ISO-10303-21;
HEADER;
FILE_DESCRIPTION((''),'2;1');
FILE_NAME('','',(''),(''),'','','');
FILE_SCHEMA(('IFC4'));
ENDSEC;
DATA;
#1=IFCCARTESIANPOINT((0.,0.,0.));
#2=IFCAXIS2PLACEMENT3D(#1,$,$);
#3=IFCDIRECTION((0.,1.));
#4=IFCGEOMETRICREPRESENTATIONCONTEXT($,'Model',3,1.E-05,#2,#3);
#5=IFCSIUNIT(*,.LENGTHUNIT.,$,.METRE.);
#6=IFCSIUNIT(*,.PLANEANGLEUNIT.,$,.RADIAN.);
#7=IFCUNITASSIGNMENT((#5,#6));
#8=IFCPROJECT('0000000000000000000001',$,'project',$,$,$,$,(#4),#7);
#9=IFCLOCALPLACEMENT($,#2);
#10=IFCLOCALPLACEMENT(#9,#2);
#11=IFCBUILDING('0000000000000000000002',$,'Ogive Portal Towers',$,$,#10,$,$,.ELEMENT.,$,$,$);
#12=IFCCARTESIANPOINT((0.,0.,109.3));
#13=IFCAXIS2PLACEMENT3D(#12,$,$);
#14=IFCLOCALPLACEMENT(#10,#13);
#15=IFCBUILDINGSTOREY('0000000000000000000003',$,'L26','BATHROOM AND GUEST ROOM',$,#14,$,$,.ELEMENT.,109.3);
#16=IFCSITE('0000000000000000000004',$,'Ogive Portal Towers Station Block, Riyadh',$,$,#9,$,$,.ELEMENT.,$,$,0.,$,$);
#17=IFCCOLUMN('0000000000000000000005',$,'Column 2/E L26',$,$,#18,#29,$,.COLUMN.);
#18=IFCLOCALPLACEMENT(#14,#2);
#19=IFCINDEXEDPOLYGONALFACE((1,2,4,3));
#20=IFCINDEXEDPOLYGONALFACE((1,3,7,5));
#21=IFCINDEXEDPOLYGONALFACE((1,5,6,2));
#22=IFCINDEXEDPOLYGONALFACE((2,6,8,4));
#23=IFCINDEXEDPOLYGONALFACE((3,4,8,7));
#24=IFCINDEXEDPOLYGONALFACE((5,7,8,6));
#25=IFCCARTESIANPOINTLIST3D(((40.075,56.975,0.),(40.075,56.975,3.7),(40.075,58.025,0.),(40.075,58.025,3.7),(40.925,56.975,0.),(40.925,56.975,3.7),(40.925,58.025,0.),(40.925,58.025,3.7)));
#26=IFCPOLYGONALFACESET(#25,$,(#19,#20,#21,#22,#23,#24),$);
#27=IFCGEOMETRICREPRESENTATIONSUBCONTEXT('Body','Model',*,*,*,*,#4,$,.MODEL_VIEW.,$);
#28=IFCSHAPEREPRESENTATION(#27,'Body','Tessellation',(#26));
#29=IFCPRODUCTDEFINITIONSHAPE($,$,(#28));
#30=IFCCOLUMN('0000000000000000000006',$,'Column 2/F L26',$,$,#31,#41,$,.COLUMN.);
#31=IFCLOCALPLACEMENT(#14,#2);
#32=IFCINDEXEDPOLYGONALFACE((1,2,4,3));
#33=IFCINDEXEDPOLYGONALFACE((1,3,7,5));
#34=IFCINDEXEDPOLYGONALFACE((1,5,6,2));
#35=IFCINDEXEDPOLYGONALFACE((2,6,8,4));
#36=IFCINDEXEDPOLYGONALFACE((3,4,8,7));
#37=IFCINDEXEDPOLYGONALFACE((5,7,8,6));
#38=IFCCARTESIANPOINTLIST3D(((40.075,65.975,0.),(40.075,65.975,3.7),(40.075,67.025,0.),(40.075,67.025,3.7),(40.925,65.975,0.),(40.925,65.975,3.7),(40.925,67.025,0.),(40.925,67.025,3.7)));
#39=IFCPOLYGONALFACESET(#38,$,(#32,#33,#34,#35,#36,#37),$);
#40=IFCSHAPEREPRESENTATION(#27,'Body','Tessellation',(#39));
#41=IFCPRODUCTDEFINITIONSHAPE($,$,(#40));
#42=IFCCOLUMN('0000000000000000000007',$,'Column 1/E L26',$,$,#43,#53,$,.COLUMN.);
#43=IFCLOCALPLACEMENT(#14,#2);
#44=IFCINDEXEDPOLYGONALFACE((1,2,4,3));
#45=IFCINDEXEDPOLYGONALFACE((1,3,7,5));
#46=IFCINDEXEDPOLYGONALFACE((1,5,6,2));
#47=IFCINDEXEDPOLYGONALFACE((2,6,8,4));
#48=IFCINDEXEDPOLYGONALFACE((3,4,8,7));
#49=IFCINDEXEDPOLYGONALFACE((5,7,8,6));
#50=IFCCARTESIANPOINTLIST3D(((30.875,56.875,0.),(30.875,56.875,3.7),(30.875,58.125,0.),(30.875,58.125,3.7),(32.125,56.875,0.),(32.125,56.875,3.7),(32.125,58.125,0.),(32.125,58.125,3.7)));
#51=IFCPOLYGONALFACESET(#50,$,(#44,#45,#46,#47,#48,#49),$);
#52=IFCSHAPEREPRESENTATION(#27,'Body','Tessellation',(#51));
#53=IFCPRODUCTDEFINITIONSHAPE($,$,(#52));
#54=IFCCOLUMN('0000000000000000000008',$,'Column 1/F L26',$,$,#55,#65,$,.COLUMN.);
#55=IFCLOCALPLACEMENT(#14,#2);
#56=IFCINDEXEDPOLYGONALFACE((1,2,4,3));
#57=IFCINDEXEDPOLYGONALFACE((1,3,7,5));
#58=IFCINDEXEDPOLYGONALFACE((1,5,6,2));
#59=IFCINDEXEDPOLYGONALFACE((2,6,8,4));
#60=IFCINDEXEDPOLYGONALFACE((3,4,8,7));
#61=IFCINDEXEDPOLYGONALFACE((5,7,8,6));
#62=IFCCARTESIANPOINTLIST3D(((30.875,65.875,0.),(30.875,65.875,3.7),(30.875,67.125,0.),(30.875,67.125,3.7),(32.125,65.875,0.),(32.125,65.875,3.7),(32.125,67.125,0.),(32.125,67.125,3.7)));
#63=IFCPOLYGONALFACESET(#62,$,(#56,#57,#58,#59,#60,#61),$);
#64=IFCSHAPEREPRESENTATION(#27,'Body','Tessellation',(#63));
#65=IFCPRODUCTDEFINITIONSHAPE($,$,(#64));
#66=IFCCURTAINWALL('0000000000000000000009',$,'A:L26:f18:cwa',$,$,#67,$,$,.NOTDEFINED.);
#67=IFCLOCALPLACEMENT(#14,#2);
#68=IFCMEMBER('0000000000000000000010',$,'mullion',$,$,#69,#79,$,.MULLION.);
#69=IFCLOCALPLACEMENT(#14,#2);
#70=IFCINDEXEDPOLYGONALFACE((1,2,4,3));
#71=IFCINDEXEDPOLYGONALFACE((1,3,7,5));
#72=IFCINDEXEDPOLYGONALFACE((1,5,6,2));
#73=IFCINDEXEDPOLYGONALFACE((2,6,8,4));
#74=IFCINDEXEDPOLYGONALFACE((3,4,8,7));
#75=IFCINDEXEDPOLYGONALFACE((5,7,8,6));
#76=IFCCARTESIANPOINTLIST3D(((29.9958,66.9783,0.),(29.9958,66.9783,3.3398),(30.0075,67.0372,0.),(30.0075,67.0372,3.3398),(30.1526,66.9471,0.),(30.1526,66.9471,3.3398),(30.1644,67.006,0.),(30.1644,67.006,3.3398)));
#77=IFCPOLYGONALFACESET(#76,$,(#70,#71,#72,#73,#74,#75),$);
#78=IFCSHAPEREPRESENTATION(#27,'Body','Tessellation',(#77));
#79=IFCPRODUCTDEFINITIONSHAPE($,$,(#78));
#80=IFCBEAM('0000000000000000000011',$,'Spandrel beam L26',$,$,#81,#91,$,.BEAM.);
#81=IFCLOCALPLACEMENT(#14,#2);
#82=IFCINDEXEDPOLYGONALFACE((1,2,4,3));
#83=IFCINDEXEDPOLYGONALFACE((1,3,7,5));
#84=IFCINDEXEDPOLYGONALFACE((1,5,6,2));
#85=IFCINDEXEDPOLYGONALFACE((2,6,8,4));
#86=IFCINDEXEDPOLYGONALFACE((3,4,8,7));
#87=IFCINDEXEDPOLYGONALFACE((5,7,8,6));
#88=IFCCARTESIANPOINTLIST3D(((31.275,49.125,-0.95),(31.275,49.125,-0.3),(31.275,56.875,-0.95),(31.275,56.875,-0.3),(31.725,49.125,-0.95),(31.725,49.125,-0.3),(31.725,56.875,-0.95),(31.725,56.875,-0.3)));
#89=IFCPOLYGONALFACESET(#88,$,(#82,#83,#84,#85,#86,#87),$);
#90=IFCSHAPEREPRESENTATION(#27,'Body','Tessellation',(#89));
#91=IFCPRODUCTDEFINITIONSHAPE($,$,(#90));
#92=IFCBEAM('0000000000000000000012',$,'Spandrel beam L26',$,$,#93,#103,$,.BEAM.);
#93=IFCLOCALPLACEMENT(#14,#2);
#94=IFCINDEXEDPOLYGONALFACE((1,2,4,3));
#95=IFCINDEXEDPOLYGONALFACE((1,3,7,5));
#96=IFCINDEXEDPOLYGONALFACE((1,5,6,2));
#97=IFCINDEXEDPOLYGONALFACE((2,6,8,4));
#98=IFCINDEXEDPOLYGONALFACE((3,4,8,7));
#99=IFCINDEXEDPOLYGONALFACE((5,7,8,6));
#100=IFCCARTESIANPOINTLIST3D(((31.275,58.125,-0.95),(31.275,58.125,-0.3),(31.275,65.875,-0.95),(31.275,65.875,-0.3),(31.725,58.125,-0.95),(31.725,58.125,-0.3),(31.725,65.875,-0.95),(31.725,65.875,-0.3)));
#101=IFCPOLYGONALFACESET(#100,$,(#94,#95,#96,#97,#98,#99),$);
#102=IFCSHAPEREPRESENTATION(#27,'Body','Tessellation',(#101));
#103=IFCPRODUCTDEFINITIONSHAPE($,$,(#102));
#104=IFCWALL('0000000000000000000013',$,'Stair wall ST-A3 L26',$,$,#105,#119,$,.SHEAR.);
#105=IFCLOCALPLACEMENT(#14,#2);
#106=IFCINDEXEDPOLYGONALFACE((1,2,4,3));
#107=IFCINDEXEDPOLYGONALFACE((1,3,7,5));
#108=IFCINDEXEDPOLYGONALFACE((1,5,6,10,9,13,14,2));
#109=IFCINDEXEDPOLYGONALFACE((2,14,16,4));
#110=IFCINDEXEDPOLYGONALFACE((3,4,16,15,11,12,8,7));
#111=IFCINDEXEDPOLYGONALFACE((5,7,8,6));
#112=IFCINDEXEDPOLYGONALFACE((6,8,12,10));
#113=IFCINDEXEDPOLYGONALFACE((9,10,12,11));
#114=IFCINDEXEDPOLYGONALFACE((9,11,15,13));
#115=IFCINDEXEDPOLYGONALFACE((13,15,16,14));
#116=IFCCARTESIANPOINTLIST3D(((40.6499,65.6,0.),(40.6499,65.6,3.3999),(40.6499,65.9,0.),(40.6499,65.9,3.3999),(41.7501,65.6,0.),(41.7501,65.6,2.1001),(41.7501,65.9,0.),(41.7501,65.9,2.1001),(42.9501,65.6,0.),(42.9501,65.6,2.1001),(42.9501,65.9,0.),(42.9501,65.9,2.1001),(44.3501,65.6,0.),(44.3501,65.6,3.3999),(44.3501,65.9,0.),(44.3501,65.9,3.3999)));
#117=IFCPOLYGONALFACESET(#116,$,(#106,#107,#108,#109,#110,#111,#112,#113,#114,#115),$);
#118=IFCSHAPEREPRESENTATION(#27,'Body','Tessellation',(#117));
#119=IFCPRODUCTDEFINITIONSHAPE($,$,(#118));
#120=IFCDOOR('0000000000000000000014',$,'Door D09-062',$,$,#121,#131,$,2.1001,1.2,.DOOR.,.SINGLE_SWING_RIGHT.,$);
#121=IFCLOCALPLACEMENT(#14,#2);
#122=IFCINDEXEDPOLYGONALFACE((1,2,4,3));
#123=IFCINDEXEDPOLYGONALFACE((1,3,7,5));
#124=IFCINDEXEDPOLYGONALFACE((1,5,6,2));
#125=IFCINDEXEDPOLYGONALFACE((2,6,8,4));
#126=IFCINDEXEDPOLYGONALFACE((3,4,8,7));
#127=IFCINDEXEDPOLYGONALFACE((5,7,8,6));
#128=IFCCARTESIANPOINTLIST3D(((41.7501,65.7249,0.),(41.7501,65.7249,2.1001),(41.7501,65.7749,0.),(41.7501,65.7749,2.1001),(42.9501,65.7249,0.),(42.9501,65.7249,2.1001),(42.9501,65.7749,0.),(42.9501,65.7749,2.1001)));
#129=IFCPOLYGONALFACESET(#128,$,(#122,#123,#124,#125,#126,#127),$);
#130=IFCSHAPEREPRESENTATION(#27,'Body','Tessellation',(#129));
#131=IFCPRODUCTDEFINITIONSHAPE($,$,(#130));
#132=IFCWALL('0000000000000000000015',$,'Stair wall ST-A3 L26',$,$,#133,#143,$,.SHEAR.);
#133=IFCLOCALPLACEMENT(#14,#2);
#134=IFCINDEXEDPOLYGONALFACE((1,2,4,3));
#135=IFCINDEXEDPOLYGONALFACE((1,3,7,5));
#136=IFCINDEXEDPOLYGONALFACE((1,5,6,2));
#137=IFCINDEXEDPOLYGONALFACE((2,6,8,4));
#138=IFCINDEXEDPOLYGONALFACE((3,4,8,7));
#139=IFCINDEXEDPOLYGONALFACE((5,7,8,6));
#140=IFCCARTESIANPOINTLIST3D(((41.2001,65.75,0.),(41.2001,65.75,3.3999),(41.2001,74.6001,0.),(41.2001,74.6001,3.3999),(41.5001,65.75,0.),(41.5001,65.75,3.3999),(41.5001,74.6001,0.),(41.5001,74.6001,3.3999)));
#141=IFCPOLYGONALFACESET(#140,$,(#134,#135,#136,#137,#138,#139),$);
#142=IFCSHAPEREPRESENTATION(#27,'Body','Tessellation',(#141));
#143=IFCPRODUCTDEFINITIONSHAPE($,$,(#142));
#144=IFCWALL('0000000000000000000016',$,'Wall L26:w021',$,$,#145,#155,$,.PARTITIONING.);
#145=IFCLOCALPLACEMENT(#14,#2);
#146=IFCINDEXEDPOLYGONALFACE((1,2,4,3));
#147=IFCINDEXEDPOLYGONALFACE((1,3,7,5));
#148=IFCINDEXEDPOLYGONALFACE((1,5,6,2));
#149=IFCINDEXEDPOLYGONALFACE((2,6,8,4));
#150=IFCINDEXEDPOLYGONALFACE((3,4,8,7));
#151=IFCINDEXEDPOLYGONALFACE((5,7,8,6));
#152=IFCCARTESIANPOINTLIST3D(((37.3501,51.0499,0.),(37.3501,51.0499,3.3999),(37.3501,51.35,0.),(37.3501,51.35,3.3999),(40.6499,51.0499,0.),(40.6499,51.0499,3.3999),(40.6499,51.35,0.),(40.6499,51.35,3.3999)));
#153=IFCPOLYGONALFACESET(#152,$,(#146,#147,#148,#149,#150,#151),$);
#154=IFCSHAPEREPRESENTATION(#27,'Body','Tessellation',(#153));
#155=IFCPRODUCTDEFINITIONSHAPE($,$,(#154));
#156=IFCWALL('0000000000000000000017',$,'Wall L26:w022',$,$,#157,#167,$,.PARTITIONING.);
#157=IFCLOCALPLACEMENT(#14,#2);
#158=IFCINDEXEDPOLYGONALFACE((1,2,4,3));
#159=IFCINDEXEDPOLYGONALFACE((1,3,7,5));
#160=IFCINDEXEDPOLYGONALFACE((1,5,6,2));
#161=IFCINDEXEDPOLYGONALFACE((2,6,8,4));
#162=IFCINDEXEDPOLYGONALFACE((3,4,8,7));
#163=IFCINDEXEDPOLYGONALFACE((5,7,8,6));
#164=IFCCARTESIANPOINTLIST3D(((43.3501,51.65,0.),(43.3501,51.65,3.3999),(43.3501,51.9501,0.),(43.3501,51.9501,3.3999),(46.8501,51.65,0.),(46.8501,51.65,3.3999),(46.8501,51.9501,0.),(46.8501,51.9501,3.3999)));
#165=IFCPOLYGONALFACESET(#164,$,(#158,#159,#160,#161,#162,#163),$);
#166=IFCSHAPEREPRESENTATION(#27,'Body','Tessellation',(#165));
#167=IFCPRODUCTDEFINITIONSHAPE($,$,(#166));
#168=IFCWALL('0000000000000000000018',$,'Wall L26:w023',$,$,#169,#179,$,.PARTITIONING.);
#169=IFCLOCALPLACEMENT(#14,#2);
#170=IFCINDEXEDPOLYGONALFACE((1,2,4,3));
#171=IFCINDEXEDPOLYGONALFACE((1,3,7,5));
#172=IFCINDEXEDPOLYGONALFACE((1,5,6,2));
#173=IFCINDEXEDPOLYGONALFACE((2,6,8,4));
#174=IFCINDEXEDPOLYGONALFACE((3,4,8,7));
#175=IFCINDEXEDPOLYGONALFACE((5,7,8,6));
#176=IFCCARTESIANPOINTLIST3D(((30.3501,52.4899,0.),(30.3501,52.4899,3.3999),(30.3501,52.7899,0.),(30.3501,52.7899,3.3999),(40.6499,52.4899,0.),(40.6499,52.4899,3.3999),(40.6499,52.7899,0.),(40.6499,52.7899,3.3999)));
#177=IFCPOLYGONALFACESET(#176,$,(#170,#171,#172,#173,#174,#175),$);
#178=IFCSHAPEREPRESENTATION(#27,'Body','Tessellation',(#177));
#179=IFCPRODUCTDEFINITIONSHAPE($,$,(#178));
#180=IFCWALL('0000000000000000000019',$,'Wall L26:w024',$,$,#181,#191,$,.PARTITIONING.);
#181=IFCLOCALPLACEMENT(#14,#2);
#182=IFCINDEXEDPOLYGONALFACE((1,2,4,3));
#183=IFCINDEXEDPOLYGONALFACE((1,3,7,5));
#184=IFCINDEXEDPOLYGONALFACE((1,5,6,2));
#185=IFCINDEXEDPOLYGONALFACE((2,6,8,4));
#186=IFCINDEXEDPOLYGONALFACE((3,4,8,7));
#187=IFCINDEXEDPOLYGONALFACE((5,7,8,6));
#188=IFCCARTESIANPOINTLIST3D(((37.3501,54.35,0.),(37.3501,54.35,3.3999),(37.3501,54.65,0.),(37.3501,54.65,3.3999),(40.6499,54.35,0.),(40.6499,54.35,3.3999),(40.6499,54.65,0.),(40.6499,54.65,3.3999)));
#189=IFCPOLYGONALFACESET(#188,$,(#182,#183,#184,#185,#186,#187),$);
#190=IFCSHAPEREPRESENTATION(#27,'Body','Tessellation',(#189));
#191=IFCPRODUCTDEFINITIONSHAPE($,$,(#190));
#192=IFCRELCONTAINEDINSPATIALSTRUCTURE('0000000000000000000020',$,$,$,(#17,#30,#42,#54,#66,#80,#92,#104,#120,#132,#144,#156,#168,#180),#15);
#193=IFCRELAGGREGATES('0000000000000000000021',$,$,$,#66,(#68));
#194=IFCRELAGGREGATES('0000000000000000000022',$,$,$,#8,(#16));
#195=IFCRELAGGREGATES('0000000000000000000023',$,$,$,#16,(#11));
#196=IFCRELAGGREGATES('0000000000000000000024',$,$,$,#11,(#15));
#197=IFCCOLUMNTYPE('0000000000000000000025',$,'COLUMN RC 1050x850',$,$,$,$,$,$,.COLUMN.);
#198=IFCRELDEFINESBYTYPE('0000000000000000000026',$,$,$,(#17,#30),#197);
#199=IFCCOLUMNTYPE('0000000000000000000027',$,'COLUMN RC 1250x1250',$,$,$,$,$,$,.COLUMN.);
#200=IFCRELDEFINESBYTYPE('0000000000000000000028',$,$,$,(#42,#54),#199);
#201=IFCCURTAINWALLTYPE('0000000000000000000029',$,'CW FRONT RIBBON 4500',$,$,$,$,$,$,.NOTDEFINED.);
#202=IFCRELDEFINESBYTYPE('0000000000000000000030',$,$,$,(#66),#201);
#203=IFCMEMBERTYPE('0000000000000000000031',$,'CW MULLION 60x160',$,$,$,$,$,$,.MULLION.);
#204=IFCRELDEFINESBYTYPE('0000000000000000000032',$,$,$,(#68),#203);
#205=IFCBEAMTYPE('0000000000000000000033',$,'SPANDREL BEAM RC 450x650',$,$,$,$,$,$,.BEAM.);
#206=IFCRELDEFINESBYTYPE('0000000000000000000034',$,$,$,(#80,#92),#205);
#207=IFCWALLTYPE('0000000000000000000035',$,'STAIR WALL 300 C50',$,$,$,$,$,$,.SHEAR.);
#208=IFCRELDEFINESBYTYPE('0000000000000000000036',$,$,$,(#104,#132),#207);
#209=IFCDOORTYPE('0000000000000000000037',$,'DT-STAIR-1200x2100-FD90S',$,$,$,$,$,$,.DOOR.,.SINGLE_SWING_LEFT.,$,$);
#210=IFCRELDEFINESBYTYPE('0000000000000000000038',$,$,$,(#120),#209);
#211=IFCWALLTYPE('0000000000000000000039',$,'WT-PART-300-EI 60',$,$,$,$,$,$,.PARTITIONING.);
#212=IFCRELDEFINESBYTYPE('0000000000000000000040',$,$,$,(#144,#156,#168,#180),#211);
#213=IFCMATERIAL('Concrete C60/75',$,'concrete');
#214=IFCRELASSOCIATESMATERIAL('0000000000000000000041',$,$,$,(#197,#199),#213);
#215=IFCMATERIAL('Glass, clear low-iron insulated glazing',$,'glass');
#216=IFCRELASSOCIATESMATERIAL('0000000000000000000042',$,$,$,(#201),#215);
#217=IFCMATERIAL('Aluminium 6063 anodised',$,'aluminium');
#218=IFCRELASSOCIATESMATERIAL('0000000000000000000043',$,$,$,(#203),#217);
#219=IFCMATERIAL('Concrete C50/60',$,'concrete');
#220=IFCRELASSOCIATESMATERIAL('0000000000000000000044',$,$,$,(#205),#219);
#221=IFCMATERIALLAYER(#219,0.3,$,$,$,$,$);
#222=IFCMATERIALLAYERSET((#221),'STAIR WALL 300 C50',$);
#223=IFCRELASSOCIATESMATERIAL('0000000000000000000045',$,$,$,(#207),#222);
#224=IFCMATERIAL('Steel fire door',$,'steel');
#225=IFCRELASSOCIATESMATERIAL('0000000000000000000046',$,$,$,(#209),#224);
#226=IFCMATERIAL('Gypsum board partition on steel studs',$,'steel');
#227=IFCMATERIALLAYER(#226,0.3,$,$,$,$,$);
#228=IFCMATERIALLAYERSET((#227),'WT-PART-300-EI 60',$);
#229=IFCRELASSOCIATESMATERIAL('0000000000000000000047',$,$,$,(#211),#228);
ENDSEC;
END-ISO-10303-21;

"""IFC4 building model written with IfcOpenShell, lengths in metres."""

from ifc_helpers import new_model, si_unit, direction, frame, frame_2d, origin, origin_2d, place, context, subcontext, project, spatial, rectangle, extrude, material, layer, layer_set, material_profile, profile_set, type_object, element, fill, aggregate, save


model = new_model("IFC4")

# Units and contexts
model_context = context("Model", 3, precision=1e-05, world=origin(), true_north=direction((0.0, 1.0)))
body_context = subcontext(model_context, "Body", "Model", "MODEL_VIEW")
ifc_project = project(units=[si_unit("LENGTHUNIT", "METRE"), si_unit("PLANEANGLEUNIT", "RADIAN")], contexts=[model_context])

# Site, building, storey
site_placement = place(None, origin())
site = spatial("IfcSite", under=ifc_project, at=site_placement, Name="Ogive Portal Towers Station Block, Riyadh", CompositionType="ELEMENT", RefElevation=0.0)
building_placement = place(site_placement, origin())
building = spatial("IfcBuilding", under=site, at=building_placement, Name="Ogive Portal Towers", CompositionType="ELEMENT")
storey_placement = place(building_placement, frame((0.0, 0.0, 109.3)))
storey = spatial("IfcBuildingStorey", under=building, at=storey_placement, Name="L26", Description="BATHROOM AND GUEST ROOM", CompositionType="ELEMENT", Elevation=109.3)

# Columns
ifc_material_1 = material(Name="Concrete C60/75", Category="concrete")
ifc_material_profile_1 = material_profile(ifc_material_1, rectangle(XDim=1.05, YDim=0.8501, at=origin_2d()), Name="RC 1050x850")
ifc_profile_set_1 = profile_set([ifc_material_profile_1], Name="Concrete C60/75")
column_type_1 = type_object("IfcColumnType", Name="COLUMN RC 1050x850", PredefinedType="COLUMN", material=ifc_profile_set_1)
for number, where, z_axis, x_axis, name in (
    (1, (40.5, 57.5, 0.0), (0.0, 0.0, 1.0), (0.0, 1.0, 0.0), "Column 2/E L26"),
    (2, (40.5, 66.5, 0.0), (0.0, 0.0, 1.0), (0.0, 1.0, 0.0), "Column 2/F L26"),
):
    element("IfcColumn", number, at=place(storey_placement, frame(where, z_axis=z_axis, x_axis=x_axis)), inside=storey, type_object=column_type_1, Name=name, PredefinedType="COLUMN", context=body_context, shape_type="SweptSolid", body=[
        extrude(rectangle(XDim=1.05, YDim=0.8501, at=origin_2d()), origin(), (0.0, 0.0, 1.0), 3.7),
    ])
ifc_material_profile_2 = material_profile(ifc_material_1, rectangle(XDim=1.25, YDim=1.25, at=origin_2d()), Name="RC 1250x1250")
ifc_profile_set_2 = profile_set([ifc_material_profile_2], Name="Concrete C60/75")
column_type_2 = type_object("IfcColumnType", Name="COLUMN RC 1250x1250", PredefinedType="COLUMN", material=ifc_profile_set_2)
for number, where, z_axis, x_axis, name in (
    (3, (31.5, 57.5, 0.0), (0.0, 0.0, 1.0), (1.0, 0.0, 0.0), "Column 1/E L26"),
    (4, (31.5, 66.5, 0.0), (0.0, 0.0, 1.0), (1.0, 0.0, 0.0), "Column 1/F L26"),
):
    element("IfcColumn", number, at=place(storey_placement, frame(where, z_axis=z_axis, x_axis=x_axis)), inside=storey, type_object=column_type_2, Name=name, PredefinedType="COLUMN", context=body_context, shape_type="SweptSolid", body=[
        extrude(rectangle(XDim=1.25, YDim=1.25, at=origin_2d()), origin(), (0.0, 0.0, 1.0), 3.7),
    ])

# Curtain wall, member
ifc_material_2 = material(Name="Glass, clear low-iron insulated glazing", Category="glass")
curtain_wall_type = type_object("IfcCurtainWallType", Name="CW FRONT RIBBON 4500", PredefinedType="NOTDEFINED", material=ifc_material_2)
curtain_wall_placement = place(storey_placement, origin())
curtain_wall = element("IfcCurtainWall", 5, at=curtain_wall_placement, inside=storey, type_object=curtain_wall_type, Name="A:L26:f18:cwa", PredefinedType="NOTDEFINED")
ifc_material_3 = material(Name="Aluminium 6063 anodised", Category="aluminium")
ifc_material_profile_3 = material_profile(ifc_material_3, rectangle(XDim=0.1599, YDim=0.0601, at=origin_2d()), Name="AL 60x160")
ifc_profile_set_3 = profile_set([ifc_material_profile_3], Name="Aluminium 6063 anodised")
member_type = type_object("IfcMemberType", Name="CW MULLION 60x160", PredefinedType="MULLION", material=ifc_profile_set_3)
member_placement = place(storey_placement, frame((30.0801, 66.9922, 0.0), z_axis=(0.0, 0.0, 1.0), x_axis=(0.980785, -0.19509, 0.0)))
member = element("IfcMember", 6, at=member_placement, type_object=member_type, Name="mullion", PredefinedType="MULLION", context=body_context, shape_type="SweptSolid", body=[
    extrude(rectangle(XDim=0.1599, YDim=0.0601, at=origin_2d()), origin(), (0.0, 0.0, 1.0), 3.3398),
])
aggregate(curtain_wall, [member])

# Beams
ifc_material_4 = material(Name="Concrete C50/60", Category="concrete")
ifc_material_profile_4 = material_profile(ifc_material_4, rectangle(XDim=0.45, YDim=0.6499, at=origin_2d()), Name="RC 450x650")
ifc_profile_set_4 = profile_set([ifc_material_profile_4], Name="Concrete C50/60")
beam_type = type_object("IfcBeamType", Name="SPANDREL BEAM RC 450x650", PredefinedType="BEAM", material=ifc_profile_set_4)
for number, where, z_axis, x_axis, name in (
    (7, (31.5, 49.125, -0.625), (0.0, 1.0, 0.0), (-1.0, 0.0, 0.0), "Spandrel beam L26"),
    (8, (31.5, 58.125, -0.625), (0.0, 1.0, 0.0), (-1.0, 0.0, 0.0), "Spandrel beam L26"),
):
    element("IfcBeam", number, at=place(storey_placement, frame(where, z_axis=z_axis, x_axis=x_axis)), inside=storey, type_object=beam_type, Name=name, PredefinedType="BEAM", context=body_context, shape_type="SweptSolid", body=[
        extrude(rectangle(XDim=0.45, YDim=0.6499, at=origin_2d()), origin(), (0.0, 0.0, 1.0), 7.75),
    ])

# Wall, opening, door
ifc_layer_1 = layer(ifc_material_4, 0.3)
ifc_layer_set_1 = layer_set([ifc_layer_1], Name="STAIR WALL 300 C50")
wall_type_1 = type_object("IfcWallType", Name="STAIR WALL 300 C50", PredefinedType="SHEAR", material=ifc_layer_set_1)
wall_1_placement = place(storey_placement, frame((40.6499, 65.75, 0.0), z_axis=(0.0, 0.0, 1.0), x_axis=(1.0, 0.0, 0.0)))
wall_1 = element("IfcWall", 9, at=wall_1_placement, inside=storey, type_object=wall_type_1, Name="Stair wall ST-A3 L26", PredefinedType="SHEAR", context=body_context, shape_type="SweptSolid", body=[
    extrude(rectangle(XDim=3.7002, YDim=0.3, at=frame_2d((1.8501, 0.0))), origin(), (0.0, 0.0, 1.0), 3.3999),
])
opening_1_placement = place(wall_1_placement, frame((1.1001, 0.0, 0.0)))
opening_1 = element("IfcOpeningElement", 10, at=opening_1_placement, cuts=wall_1, PredefinedType="OPENING", context=body_context, shape_type="SweptSolid", body=[
    extrude(rectangle(XDim=1.2, YDim=2.1001, at=frame_2d((0.6001, 1.05))), frame((0.0, 0.1602, 0.0), z_axis=(0.0, -1.0, 0.0), x_axis=(1.0, 0.0, 0.0)), (0.0, 0.0, 1.0), 0.3201),
])
ifc_material_5 = material(Name="Steel fire door", Category="steel")
door_type_1 = type_object("IfcDoorType", Name="DT-STAIR-1200x2100-FD90S", OperationType="SINGLE_SWING_LEFT", PredefinedType="DOOR", material=ifc_material_5)
door_1_placement = place(opening_1_placement, origin())
door_1 = element("IfcDoor", 11, at=door_1_placement, inside=storey, type_object=door_type_1, Name="Door D09-062", OperationType="SINGLE_SWING_RIGHT", OverallHeight=2.1001, OverallWidth=1.2, PredefinedType="DOOR", context=body_context, shape_type="SweptSolid", body=[
    extrude(rectangle(XDim=1.2, YDim=2.1001, at=frame_2d((0.6001, 1.05))), frame((0.0, 0.0249, 0.0), z_axis=(0.0, -1.0, 0.0), x_axis=(1.0, 0.0, 0.0)), (0.0, 0.0, 1.0), 0.05),
])
fill(opening_1, door_1)

# Walls
wall_2_placement = place(storey_placement, frame((41.3501, 65.75, 0.0), z_axis=(0.0, 0.0, 1.0), x_axis=(0.0, 1.0, 0.0)))
element("IfcWall", 12, at=wall_2_placement, inside=storey, type_object=wall_type_1, Name="Stair wall ST-A3 L26", PredefinedType="SHEAR", context=body_context, shape_type="SweptSolid", body=[
    extrude(rectangle(XDim=8.8501, YDim=0.3, at=frame_2d((4.425, 0.0))), origin(), (0.0, 0.0, 1.0), 3.3999),
])
ifc_material_6 = material(Name="Gypsum board partition on steel studs", Category="steel")
ifc_layer_2 = layer(ifc_material_6, 0.3)
ifc_layer_set_2 = layer_set([ifc_layer_2], Name="WT-PART-300-EI 60")
wall_type_2 = type_object("IfcWallType", Name="WT-PART-300-EI 60", PredefinedType="PARTITIONING", material=ifc_layer_set_2)
wall_3_placement = place(storey_placement, frame((37.3501, 51.2, 0.0), z_axis=(0.0, 0.0, 1.0), x_axis=(1.0, 0.0, 0.0)))
element("IfcWall", 13, at=wall_3_placement, inside=storey, type_object=wall_type_2, Name="Wall L26:w021", PredefinedType="PARTITIONING", context=body_context, shape_type="SweptSolid", body=[
    extrude(rectangle(XDim=3.2998, YDim=0.3, at=frame_2d((1.6499, 0.0))), origin(), (0.0, 0.0, 1.0), 3.3999),
])
wall_4_placement = place(storey_placement, frame((43.3501, 51.8, 0.0), z_axis=(0.0, 0.0, 1.0), x_axis=(1.0, 0.0, 0.0)))
element("IfcWall", 14, at=wall_4_placement, inside=storey, type_object=wall_type_2, Name="Wall L26:w022", PredefinedType="PARTITIONING", context=body_context, shape_type="SweptSolid", body=[
    extrude(rectangle(XDim=3.5, YDim=0.3, at=frame_2d((1.75, 0.0))), origin(), (0.0, 0.0, 1.0), 3.3999),
])
wall_5_placement = place(storey_placement, frame((30.3501, 52.6399, 0.0), z_axis=(0.0, 0.0, 1.0), x_axis=(1.0, 0.0, 0.0)))
element("IfcWall", 15, at=wall_5_placement, inside=storey, type_object=wall_type_2, Name="Wall L26:w023", PredefinedType="PARTITIONING", context=body_context, shape_type="SweptSolid", body=[
    extrude(rectangle(XDim=10.2998, YDim=0.3, at=frame_2d((5.1499, 0.0))), origin(), (0.0, 0.0, 1.0), 3.3999),
])
wall_6_placement = place(storey_placement, frame((37.3501, 54.5, 0.0), z_axis=(0.0, 0.0, 1.0), x_axis=(1.0, 0.0, 0.0)))
element("IfcWall", 16, at=wall_6_placement, inside=storey, type_object=wall_type_2, Name="Wall L26:w024", PredefinedType="PARTITIONING", context=body_context, shape_type="SweptSolid", body=[
    extrude(rectangle(XDim=3.2998, YDim=0.3, at=frame_2d((1.6499, 0.0))), origin(), (0.0, 0.0, 1.0), 3.3999),
])

save(model, "model.ifc")
